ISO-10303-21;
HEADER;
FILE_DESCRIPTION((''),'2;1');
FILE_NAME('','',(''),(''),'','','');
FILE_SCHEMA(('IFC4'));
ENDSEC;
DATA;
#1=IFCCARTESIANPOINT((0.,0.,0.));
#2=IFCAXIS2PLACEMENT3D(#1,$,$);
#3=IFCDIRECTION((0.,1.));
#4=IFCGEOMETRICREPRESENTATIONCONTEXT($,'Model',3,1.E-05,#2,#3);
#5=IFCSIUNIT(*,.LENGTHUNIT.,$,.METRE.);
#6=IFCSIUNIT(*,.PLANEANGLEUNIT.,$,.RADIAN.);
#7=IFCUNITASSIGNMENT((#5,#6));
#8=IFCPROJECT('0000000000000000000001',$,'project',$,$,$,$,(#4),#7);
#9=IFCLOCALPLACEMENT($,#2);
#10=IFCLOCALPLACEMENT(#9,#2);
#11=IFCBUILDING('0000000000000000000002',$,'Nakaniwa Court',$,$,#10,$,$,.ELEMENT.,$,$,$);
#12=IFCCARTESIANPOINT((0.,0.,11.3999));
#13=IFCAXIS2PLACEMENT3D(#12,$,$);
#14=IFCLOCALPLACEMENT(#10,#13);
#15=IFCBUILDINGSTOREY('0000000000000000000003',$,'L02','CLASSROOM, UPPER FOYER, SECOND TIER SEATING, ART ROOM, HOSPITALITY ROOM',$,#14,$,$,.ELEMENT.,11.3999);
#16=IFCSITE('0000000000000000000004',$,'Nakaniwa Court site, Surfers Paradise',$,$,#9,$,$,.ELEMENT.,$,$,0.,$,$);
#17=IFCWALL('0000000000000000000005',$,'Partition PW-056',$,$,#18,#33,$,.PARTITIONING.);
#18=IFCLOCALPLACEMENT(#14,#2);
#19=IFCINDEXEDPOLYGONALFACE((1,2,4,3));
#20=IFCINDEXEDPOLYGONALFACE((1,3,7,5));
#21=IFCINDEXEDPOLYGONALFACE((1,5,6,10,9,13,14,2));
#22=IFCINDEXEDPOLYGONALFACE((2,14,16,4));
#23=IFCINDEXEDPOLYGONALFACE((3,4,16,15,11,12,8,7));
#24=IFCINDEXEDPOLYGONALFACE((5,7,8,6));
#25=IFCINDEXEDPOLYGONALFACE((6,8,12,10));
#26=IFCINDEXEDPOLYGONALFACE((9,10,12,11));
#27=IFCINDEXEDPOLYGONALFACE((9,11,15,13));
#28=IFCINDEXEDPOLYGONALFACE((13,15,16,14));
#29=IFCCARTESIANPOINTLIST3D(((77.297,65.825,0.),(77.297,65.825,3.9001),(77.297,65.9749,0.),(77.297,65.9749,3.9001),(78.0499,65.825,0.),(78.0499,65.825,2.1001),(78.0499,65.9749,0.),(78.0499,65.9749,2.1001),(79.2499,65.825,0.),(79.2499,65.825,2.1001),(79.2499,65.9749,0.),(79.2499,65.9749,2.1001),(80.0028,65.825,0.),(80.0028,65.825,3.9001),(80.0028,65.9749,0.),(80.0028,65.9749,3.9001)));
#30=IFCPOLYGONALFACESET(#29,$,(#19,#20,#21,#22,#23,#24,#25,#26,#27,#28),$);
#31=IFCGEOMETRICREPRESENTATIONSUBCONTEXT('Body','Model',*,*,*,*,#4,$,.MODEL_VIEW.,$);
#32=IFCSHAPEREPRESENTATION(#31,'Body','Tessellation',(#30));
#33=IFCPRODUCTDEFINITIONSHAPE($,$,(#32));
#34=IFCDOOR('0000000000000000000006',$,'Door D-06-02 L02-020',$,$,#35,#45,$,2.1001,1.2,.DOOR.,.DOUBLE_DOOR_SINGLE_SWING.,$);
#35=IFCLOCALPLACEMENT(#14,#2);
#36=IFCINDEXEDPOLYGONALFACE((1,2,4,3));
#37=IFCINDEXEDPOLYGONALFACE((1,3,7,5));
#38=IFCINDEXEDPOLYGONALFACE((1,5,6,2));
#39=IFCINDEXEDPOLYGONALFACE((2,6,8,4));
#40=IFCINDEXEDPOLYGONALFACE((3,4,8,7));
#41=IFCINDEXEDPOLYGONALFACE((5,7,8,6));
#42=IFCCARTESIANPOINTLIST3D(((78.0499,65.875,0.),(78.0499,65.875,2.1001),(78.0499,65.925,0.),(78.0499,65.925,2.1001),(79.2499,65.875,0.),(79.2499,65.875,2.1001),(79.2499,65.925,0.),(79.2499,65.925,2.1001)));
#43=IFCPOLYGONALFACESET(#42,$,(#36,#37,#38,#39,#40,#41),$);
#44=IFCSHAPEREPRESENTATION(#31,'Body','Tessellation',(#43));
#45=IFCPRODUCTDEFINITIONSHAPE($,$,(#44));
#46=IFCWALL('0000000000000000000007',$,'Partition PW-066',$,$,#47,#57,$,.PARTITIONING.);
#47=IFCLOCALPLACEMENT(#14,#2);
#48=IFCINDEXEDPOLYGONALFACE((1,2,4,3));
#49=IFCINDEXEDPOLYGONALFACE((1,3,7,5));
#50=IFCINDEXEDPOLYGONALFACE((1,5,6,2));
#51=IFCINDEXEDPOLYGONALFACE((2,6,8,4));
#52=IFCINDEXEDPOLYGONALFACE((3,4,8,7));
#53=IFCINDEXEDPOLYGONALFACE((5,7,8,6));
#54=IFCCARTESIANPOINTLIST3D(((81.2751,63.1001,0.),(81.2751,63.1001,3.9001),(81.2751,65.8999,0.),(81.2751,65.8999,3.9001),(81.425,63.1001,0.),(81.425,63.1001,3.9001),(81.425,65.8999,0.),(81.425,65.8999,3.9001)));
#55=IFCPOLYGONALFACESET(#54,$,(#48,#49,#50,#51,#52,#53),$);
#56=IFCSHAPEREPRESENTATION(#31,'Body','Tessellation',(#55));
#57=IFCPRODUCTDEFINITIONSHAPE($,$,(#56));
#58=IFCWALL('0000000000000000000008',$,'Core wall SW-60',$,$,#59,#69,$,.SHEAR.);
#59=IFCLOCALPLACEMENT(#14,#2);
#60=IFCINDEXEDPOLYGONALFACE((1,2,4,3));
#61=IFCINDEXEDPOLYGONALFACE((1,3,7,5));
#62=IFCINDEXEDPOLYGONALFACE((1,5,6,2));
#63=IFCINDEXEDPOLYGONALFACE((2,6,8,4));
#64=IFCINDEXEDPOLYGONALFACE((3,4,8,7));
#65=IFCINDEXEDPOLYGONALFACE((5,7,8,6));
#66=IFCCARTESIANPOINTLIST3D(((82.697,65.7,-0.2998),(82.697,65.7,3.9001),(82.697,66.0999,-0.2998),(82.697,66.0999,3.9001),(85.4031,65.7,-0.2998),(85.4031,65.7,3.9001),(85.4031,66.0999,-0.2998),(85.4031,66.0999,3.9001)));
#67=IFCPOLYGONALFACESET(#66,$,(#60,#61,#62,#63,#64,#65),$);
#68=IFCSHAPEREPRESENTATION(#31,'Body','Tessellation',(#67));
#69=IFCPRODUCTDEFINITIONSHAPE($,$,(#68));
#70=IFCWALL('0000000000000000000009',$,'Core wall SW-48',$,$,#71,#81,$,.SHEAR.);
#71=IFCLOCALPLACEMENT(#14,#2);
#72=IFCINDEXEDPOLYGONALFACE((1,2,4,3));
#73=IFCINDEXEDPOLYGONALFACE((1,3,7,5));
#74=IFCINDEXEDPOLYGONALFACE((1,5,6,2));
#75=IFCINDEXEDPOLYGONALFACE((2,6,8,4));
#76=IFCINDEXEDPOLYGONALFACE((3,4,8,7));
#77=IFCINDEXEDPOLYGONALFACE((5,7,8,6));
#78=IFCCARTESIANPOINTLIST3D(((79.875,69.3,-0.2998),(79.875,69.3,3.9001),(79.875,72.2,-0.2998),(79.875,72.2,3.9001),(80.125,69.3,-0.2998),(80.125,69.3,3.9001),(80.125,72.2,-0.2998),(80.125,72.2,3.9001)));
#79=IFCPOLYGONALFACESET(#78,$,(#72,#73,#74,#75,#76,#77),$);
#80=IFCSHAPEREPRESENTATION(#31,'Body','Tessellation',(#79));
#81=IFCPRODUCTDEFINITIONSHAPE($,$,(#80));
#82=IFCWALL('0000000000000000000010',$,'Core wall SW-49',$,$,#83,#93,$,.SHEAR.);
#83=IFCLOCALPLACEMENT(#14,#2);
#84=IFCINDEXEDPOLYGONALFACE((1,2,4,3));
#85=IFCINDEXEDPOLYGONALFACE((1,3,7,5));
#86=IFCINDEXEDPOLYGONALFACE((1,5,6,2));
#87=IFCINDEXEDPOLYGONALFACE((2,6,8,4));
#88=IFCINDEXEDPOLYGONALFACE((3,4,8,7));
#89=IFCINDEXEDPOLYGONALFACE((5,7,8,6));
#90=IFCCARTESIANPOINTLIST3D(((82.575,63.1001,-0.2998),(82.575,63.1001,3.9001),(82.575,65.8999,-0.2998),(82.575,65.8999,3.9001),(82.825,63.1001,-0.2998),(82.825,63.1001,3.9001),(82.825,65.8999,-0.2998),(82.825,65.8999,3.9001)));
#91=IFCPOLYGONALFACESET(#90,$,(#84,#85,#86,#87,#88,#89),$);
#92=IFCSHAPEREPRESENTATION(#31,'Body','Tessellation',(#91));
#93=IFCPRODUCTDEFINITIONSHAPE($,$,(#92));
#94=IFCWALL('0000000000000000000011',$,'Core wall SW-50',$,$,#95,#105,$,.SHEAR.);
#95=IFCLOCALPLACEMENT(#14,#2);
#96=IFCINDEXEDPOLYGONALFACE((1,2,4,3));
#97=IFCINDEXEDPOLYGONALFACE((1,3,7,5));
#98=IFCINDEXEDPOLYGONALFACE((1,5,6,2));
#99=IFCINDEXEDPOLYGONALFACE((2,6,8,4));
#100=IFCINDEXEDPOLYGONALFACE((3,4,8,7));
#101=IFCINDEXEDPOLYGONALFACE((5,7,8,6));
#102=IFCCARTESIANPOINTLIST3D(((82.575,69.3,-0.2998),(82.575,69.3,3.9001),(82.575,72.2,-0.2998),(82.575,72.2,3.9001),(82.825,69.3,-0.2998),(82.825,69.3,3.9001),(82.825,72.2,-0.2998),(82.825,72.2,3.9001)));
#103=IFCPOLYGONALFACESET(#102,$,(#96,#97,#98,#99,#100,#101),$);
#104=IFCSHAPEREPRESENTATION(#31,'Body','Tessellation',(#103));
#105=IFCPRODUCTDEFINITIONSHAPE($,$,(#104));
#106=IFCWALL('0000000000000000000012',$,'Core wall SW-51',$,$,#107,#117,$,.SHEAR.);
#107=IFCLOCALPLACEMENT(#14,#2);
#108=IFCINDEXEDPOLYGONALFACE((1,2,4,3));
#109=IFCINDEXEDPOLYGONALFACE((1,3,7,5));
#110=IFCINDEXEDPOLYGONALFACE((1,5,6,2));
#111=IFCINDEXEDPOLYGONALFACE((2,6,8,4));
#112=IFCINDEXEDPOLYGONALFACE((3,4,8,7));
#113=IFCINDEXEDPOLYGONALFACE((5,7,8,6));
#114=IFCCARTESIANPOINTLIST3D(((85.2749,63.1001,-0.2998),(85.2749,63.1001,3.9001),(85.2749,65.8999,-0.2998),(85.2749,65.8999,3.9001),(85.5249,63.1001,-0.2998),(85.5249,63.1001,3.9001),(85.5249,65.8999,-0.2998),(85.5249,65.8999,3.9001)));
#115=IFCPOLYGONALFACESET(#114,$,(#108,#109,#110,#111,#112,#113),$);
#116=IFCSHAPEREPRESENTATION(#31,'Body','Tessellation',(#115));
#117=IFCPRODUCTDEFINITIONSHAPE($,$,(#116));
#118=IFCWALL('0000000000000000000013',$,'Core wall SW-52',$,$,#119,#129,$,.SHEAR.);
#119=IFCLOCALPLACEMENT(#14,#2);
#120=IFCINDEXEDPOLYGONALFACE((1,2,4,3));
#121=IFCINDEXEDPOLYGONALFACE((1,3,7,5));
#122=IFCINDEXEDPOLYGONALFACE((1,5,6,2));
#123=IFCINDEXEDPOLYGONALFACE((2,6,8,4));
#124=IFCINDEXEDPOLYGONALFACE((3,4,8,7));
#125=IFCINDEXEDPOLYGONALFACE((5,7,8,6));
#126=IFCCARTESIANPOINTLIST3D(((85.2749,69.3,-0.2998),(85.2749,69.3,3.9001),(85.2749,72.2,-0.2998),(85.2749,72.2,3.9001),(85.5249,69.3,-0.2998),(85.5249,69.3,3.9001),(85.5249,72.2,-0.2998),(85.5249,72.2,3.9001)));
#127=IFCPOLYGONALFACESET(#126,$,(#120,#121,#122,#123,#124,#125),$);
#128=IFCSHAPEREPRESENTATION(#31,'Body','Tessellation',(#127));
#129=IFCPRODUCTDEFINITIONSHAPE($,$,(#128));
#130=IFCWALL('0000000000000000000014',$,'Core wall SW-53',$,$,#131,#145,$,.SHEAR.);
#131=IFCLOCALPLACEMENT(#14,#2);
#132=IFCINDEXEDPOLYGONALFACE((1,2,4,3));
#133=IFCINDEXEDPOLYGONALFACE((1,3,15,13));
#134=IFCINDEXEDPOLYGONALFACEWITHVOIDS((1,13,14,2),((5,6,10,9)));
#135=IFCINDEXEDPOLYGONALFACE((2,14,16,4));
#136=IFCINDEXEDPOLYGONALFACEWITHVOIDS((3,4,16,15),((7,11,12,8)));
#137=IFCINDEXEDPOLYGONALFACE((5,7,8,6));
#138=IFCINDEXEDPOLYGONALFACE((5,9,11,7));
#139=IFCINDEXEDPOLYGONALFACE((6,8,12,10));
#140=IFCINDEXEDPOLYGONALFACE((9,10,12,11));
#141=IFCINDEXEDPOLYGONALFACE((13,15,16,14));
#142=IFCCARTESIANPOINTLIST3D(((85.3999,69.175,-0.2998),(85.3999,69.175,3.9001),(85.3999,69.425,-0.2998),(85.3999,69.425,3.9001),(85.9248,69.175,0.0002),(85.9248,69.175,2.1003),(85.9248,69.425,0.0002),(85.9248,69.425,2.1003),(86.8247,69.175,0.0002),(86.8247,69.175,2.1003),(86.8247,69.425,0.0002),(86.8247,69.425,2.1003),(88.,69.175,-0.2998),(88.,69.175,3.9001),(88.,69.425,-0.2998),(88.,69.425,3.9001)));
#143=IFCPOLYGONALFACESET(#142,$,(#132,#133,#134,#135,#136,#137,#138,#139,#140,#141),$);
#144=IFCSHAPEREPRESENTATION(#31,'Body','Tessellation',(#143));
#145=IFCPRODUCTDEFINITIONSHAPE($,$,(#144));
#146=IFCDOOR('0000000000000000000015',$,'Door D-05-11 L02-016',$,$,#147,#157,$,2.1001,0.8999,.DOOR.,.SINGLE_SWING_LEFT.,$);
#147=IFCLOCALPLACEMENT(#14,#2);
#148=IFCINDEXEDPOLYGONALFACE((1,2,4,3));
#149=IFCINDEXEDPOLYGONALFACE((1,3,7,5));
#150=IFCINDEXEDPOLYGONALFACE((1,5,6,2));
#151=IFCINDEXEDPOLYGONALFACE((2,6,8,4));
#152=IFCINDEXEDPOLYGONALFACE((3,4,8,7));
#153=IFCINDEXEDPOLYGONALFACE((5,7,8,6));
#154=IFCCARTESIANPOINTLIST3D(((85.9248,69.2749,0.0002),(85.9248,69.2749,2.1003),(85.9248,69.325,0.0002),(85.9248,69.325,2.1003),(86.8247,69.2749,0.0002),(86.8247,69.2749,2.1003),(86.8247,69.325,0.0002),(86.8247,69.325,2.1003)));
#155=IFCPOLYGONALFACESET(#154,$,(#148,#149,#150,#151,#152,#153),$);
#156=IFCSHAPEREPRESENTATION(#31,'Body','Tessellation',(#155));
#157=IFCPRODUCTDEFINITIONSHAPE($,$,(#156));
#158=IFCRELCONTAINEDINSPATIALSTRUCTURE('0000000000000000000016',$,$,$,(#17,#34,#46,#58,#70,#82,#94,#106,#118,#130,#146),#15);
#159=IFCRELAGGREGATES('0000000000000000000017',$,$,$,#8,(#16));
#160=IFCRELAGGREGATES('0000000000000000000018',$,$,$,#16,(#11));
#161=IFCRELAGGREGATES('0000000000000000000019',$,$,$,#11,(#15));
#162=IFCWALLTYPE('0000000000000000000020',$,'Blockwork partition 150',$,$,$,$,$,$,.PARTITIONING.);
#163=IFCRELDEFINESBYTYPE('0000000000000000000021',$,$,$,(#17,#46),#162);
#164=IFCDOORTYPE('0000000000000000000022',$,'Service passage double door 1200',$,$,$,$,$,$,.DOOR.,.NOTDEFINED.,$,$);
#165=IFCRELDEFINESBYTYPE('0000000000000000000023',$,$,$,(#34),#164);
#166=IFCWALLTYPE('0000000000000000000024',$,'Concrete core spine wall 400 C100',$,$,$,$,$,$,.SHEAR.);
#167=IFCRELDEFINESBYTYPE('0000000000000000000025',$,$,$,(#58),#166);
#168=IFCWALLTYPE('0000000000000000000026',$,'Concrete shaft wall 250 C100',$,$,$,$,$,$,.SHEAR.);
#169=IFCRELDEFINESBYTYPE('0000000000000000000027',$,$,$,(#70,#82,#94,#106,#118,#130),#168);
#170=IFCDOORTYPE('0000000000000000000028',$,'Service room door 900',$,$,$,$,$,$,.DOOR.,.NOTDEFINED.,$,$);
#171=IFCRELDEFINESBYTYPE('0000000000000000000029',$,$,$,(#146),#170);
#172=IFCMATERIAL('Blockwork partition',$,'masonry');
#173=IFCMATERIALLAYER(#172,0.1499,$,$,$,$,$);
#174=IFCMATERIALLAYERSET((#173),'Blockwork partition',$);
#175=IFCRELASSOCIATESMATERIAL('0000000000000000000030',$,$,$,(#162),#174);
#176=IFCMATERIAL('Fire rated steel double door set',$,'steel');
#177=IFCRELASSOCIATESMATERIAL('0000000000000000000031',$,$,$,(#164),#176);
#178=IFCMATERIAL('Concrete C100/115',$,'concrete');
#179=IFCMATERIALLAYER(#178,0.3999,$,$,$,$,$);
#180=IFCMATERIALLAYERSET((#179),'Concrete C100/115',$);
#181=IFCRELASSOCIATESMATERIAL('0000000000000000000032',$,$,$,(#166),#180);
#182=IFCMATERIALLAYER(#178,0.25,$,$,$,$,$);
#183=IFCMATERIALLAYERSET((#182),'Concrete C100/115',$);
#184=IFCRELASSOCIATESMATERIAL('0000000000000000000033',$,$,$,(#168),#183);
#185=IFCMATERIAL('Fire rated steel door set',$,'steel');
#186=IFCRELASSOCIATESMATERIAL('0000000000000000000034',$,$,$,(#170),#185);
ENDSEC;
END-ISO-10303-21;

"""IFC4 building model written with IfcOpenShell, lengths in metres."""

from ifc_helpers import new_model, si_unit, direction, frame, frame_2d, origin, place, context, subcontext, project, spatial, rectangle, extrude, material, layer, layer_set, type_object, element, fill, save


model = new_model("IFC4")

# Units and contexts
model_context = context("Model", 3, precision=1e-05, world=origin(), true_north=direction((0.0, 1.0)))
body_context = subcontext(model_context, "Body", "Model", "MODEL_VIEW")
ifc_project = project(units=[si_unit("LENGTHUNIT", "METRE"), si_unit("PLANEANGLEUNIT", "RADIAN")], contexts=[model_context])

# Site, building, storey
site_placement = place(None, origin())
site = spatial("IfcSite", under=ifc_project, at=site_placement, Name="Nakaniwa Court site, Surfers Paradise", CompositionType="ELEMENT", RefElevation=0.0)
building_placement = place(site_placement, origin())
building = spatial("IfcBuilding", under=site, at=building_placement, Name="Nakaniwa Court", CompositionType="ELEMENT")
storey_placement = place(building_placement, frame((0.0, 0.0, 11.3999)))
storey = spatial("IfcBuildingStorey", under=building, at=storey_placement, Name="L02", Description="CLASSROOM, UPPER FOYER, SECOND TIER SEATING, ART ROOM, HOSPITALITY ROOM", CompositionType="ELEMENT", Elevation=11.3999)

# Wall, opening, door
ifc_material_1 = material(Name="Blockwork partition", Category="masonry")
ifc_layer_1 = layer(ifc_material_1, 0.1499)
ifc_layer_set_1 = layer_set([ifc_layer_1], Name="Blockwork partition")
wall_type_1 = type_object("IfcWallType", Name="Blockwork partition 150", PredefinedType="PARTITIONING", material=ifc_layer_set_1)
wall_1_placement = place(storey_placement, frame((80.0029, 65.8999, 0.0), z_axis=(0.0, 0.0, 1.0), x_axis=(-1.0, 0.0, 0.0)))
wall_1 = element("IfcWall", 1, at=wall_1_placement, inside=storey, type_object=wall_type_1, Name="Partition PW-056", PredefinedType="PARTITIONING", context=body_context, shape_type="SweptSolid", body=[
    extrude(rectangle(XDim=2.7058, YDim=0.1499, at=frame_2d((1.353, 0.0))), origin(), (0.0, 0.0, 1.0), 3.9001),
])
opening_1_placement = place(wall_1_placement, frame((0.7529, 0.0, 0.0)))
opening_1 = element("IfcOpeningElement", 2, at=opening_1_placement, cuts=wall_1, PredefinedType="OPENING", context=body_context, shape_type="SweptSolid", body=[
    extrude(rectangle(XDim=1.2, YDim=2.1001, at=frame_2d((0.6001, 1.05))), frame((0.0, 0.085, 0.0), z_axis=(0.0, -1.0, 0.0), x_axis=(1.0, 0.0, 0.0)), (0.0, 0.0, 1.0), 0.1699),
])
ifc_material_2 = material(Name="Fire rated steel double door set", Category="steel")
door_type_1 = type_object("IfcDoorType", Name="Service passage double door 1200", OperationType="NOTDEFINED", PredefinedType="DOOR", material=ifc_material_2)
door_1_placement = place(opening_1_placement, origin())
door_1 = element("IfcDoor", 3, at=door_1_placement, inside=storey, type_object=door_type_1, Name="Door D-06-02 L02-020", OperationType="DOUBLE_DOOR_SINGLE_SWING", OverallHeight=2.1001, OverallWidth=1.2, PredefinedType="DOOR", context=body_context, shape_type="SweptSolid", body=[
    extrude(rectangle(XDim=1.2, YDim=2.1001, at=frame_2d((0.6001, 1.05))), frame((0.0, 0.0249, 0.0), z_axis=(0.0, -1.0, 0.0), x_axis=(1.0, 0.0, 0.0)), (0.0, 0.0, 1.0), 0.05),
])
fill(opening_1, door_1)

# Walls
wall_2_placement = place(storey_placement, frame((81.3501, 63.1001, 0.0), z_axis=(0.0, 0.0, 1.0), x_axis=(0.0, 1.0, 0.0)))
element("IfcWall", 4, at=wall_2_placement, inside=storey, type_object=wall_type_1, Name="Partition PW-066", PredefinedType="PARTITIONING", context=body_context, shape_type="SweptSolid", body=[
    extrude(rectangle(XDim=2.7998, YDim=0.1499, at=frame_2d((1.3999, 0.0))), origin(), (0.0, 0.0, 1.0), 3.9001),
])
ifc_material_3 = material(Name="Concrete C100/115", Category="concrete")
ifc_layer_2 = layer(ifc_material_3, 0.3999)
ifc_layer_set_2 = layer_set([ifc_layer_2], Name="Concrete C100/115")
wall_type_2 = type_object("IfcWallType", Name="Concrete core spine wall 400 C100", PredefinedType="SHEAR", material=ifc_layer_set_2)
wall_3_placement = place(storey_placement, frame((82.697, 65.8999, -0.2998), z_axis=(0.0, 0.0, 1.0), x_axis=(1.0, 0.0, 0.0)))
element("IfcWall", 5, at=wall_3_placement, inside=storey, type_object=wall_type_2, Name="Core wall SW-60", PredefinedType="SHEAR", context=body_context, shape_type="SweptSolid", body=[
    extrude(rectangle(XDim=2.7061, YDim=0.3999, at=frame_2d((1.353, 0.0))), origin(), (0.0, 0.0, 1.0), 4.2),
])
ifc_layer_3 = layer(ifc_material_3, 0.25)
ifc_layer_set_3 = layer_set([ifc_layer_3], Name="Concrete C100/115")
wall_type_3 = type_object("IfcWallType", Name="Concrete shaft wall 250 C100", PredefinedType="SHEAR", material=ifc_layer_set_3)
wall_4_placement = place(storey_placement, frame((80.0, 69.3, -0.2998), z_axis=(0.0, 0.0, 1.0), x_axis=(0.0, 1.0, 0.0)))
element("IfcWall", 6, at=wall_4_placement, inside=storey, type_object=wall_type_3, Name="Core wall SW-48", PredefinedType="SHEAR", context=body_context, shape_type="SweptSolid", body=[
    extrude(rectangle(XDim=2.8999, YDim=0.25, at=frame_2d((1.45, 0.0))), origin(), (0.0, 0.0, 1.0), 4.2),
])
wall_5_placement = place(storey_placement, frame((82.7, 63.1001, -0.2998), z_axis=(0.0, 0.0, 1.0), x_axis=(0.0, 1.0, 0.0)))
element("IfcWall", 7, at=wall_5_placement, inside=storey, type_object=wall_type_3, Name="Core wall SW-49", PredefinedType="SHEAR", context=body_context, shape_type="SweptSolid", body=[
    extrude(rectangle(XDim=2.7998, YDim=0.25, at=frame_2d((1.3999, 0.0))), origin(), (0.0, 0.0, 1.0), 4.2),
])
wall_6_placement = place(storey_placement, frame((82.7, 69.3, -0.2998), z_axis=(0.0, 0.0, 1.0), x_axis=(0.0, 1.0, 0.0)))
element("IfcWall", 8, at=wall_6_placement, inside=storey, type_object=wall_type_3, Name="Core wall SW-50", PredefinedType="SHEAR", context=body_context, shape_type="SweptSolid", body=[
    extrude(rectangle(XDim=2.8999, YDim=0.25, at=frame_2d((1.45, 0.0))), origin(), (0.0, 0.0, 1.0), 4.2),
])
wall_7_placement = place(storey_placement, frame((85.3999, 63.1001, -0.2998), z_axis=(0.0, 0.0, 1.0), x_axis=(0.0, 1.0, 0.0)))
element("IfcWall", 9, at=wall_7_placement, inside=storey, type_object=wall_type_3, Name="Core wall SW-51", PredefinedType="SHEAR", context=body_context, shape_type="SweptSolid", body=[
    extrude(rectangle(XDim=2.7998, YDim=0.25, at=frame_2d((1.3999, 0.0))), origin(), (0.0, 0.0, 1.0), 4.2),
])
wall_8_placement = place(storey_placement, frame((85.3999, 69.3, -0.2998), z_axis=(0.0, 0.0, 1.0), x_axis=(0.0, 1.0, 0.0)))
element("IfcWall", 10, at=wall_8_placement, inside=storey, type_object=wall_type_3, Name="Core wall SW-52", PredefinedType="SHEAR", context=body_context, shape_type="SweptSolid", body=[
    extrude(rectangle(XDim=2.8999, YDim=0.25, at=frame_2d((1.45, 0.0))), origin(), (0.0, 0.0, 1.0), 4.2),
])

# Wall, opening, door
wall_9_placement = place(storey_placement, frame((85.3999, 69.3, -0.2998), z_axis=(0.0, 0.0, 1.0), x_axis=(1.0, 0.0, 0.0)))
wall_9 = element("IfcWall", 11, at=wall_9_placement, inside=storey, type_object=wall_type_3, Name="Core wall SW-53", PredefinedType="SHEAR", context=body_context, shape_type="SweptSolid", body=[
    extrude(rectangle(XDim=2.6001, YDim=0.25, at=frame_2d((1.3, 0.0))), origin(), (0.0, 0.0, 1.0), 4.2),
])
opening_2_placement = place(wall_9_placement, frame((0.5249, 0.0, 0.3)))
opening_2 = element("IfcOpeningElement", 12, at=opening_2_placement, cuts=wall_9, PredefinedType="OPENING", context=body_context, shape_type="SweptSolid", body=[
    extrude(rectangle(XDim=0.8999, YDim=2.1001, at=frame_2d((0.45, 1.05))), frame((0.0, 0.135, 0.0), z_axis=(0.0, -1.0, 0.0), x_axis=(1.0, 0.0, 0.0)), (0.0, 0.0, 1.0), 0.27),
])
ifc_material_4 = material(Name="Fire rated steel door set", Category="steel")
door_type_2 = type_object("IfcDoorType", Name="Service room door 900", OperationType="NOTDEFINED", PredefinedType="DOOR", material=ifc_material_4)
door_2_placement = place(opening_2_placement, origin())
door_2 = element("IfcDoor", 13, at=door_2_placement, inside=storey, type_object=door_type_2, Name="Door D-05-11 L02-016", OperationType="SINGLE_SWING_LEFT", OverallHeight=2.1001, OverallWidth=0.8999, PredefinedType="DOOR", context=body_context, shape_type="SweptSolid", body=[
    extrude(rectangle(XDim=0.8999, YDim=2.1001, at=frame_2d((0.45, 1.05))), frame((0.0, 0.0249, 0.0), z_axis=(0.0, -1.0, 0.0), x_axis=(1.0, 0.0, 0.0)), (0.0, 0.0, 1.0), 0.05),
])
fill(opening_2, door_2)

save(model, "model.ifc")
